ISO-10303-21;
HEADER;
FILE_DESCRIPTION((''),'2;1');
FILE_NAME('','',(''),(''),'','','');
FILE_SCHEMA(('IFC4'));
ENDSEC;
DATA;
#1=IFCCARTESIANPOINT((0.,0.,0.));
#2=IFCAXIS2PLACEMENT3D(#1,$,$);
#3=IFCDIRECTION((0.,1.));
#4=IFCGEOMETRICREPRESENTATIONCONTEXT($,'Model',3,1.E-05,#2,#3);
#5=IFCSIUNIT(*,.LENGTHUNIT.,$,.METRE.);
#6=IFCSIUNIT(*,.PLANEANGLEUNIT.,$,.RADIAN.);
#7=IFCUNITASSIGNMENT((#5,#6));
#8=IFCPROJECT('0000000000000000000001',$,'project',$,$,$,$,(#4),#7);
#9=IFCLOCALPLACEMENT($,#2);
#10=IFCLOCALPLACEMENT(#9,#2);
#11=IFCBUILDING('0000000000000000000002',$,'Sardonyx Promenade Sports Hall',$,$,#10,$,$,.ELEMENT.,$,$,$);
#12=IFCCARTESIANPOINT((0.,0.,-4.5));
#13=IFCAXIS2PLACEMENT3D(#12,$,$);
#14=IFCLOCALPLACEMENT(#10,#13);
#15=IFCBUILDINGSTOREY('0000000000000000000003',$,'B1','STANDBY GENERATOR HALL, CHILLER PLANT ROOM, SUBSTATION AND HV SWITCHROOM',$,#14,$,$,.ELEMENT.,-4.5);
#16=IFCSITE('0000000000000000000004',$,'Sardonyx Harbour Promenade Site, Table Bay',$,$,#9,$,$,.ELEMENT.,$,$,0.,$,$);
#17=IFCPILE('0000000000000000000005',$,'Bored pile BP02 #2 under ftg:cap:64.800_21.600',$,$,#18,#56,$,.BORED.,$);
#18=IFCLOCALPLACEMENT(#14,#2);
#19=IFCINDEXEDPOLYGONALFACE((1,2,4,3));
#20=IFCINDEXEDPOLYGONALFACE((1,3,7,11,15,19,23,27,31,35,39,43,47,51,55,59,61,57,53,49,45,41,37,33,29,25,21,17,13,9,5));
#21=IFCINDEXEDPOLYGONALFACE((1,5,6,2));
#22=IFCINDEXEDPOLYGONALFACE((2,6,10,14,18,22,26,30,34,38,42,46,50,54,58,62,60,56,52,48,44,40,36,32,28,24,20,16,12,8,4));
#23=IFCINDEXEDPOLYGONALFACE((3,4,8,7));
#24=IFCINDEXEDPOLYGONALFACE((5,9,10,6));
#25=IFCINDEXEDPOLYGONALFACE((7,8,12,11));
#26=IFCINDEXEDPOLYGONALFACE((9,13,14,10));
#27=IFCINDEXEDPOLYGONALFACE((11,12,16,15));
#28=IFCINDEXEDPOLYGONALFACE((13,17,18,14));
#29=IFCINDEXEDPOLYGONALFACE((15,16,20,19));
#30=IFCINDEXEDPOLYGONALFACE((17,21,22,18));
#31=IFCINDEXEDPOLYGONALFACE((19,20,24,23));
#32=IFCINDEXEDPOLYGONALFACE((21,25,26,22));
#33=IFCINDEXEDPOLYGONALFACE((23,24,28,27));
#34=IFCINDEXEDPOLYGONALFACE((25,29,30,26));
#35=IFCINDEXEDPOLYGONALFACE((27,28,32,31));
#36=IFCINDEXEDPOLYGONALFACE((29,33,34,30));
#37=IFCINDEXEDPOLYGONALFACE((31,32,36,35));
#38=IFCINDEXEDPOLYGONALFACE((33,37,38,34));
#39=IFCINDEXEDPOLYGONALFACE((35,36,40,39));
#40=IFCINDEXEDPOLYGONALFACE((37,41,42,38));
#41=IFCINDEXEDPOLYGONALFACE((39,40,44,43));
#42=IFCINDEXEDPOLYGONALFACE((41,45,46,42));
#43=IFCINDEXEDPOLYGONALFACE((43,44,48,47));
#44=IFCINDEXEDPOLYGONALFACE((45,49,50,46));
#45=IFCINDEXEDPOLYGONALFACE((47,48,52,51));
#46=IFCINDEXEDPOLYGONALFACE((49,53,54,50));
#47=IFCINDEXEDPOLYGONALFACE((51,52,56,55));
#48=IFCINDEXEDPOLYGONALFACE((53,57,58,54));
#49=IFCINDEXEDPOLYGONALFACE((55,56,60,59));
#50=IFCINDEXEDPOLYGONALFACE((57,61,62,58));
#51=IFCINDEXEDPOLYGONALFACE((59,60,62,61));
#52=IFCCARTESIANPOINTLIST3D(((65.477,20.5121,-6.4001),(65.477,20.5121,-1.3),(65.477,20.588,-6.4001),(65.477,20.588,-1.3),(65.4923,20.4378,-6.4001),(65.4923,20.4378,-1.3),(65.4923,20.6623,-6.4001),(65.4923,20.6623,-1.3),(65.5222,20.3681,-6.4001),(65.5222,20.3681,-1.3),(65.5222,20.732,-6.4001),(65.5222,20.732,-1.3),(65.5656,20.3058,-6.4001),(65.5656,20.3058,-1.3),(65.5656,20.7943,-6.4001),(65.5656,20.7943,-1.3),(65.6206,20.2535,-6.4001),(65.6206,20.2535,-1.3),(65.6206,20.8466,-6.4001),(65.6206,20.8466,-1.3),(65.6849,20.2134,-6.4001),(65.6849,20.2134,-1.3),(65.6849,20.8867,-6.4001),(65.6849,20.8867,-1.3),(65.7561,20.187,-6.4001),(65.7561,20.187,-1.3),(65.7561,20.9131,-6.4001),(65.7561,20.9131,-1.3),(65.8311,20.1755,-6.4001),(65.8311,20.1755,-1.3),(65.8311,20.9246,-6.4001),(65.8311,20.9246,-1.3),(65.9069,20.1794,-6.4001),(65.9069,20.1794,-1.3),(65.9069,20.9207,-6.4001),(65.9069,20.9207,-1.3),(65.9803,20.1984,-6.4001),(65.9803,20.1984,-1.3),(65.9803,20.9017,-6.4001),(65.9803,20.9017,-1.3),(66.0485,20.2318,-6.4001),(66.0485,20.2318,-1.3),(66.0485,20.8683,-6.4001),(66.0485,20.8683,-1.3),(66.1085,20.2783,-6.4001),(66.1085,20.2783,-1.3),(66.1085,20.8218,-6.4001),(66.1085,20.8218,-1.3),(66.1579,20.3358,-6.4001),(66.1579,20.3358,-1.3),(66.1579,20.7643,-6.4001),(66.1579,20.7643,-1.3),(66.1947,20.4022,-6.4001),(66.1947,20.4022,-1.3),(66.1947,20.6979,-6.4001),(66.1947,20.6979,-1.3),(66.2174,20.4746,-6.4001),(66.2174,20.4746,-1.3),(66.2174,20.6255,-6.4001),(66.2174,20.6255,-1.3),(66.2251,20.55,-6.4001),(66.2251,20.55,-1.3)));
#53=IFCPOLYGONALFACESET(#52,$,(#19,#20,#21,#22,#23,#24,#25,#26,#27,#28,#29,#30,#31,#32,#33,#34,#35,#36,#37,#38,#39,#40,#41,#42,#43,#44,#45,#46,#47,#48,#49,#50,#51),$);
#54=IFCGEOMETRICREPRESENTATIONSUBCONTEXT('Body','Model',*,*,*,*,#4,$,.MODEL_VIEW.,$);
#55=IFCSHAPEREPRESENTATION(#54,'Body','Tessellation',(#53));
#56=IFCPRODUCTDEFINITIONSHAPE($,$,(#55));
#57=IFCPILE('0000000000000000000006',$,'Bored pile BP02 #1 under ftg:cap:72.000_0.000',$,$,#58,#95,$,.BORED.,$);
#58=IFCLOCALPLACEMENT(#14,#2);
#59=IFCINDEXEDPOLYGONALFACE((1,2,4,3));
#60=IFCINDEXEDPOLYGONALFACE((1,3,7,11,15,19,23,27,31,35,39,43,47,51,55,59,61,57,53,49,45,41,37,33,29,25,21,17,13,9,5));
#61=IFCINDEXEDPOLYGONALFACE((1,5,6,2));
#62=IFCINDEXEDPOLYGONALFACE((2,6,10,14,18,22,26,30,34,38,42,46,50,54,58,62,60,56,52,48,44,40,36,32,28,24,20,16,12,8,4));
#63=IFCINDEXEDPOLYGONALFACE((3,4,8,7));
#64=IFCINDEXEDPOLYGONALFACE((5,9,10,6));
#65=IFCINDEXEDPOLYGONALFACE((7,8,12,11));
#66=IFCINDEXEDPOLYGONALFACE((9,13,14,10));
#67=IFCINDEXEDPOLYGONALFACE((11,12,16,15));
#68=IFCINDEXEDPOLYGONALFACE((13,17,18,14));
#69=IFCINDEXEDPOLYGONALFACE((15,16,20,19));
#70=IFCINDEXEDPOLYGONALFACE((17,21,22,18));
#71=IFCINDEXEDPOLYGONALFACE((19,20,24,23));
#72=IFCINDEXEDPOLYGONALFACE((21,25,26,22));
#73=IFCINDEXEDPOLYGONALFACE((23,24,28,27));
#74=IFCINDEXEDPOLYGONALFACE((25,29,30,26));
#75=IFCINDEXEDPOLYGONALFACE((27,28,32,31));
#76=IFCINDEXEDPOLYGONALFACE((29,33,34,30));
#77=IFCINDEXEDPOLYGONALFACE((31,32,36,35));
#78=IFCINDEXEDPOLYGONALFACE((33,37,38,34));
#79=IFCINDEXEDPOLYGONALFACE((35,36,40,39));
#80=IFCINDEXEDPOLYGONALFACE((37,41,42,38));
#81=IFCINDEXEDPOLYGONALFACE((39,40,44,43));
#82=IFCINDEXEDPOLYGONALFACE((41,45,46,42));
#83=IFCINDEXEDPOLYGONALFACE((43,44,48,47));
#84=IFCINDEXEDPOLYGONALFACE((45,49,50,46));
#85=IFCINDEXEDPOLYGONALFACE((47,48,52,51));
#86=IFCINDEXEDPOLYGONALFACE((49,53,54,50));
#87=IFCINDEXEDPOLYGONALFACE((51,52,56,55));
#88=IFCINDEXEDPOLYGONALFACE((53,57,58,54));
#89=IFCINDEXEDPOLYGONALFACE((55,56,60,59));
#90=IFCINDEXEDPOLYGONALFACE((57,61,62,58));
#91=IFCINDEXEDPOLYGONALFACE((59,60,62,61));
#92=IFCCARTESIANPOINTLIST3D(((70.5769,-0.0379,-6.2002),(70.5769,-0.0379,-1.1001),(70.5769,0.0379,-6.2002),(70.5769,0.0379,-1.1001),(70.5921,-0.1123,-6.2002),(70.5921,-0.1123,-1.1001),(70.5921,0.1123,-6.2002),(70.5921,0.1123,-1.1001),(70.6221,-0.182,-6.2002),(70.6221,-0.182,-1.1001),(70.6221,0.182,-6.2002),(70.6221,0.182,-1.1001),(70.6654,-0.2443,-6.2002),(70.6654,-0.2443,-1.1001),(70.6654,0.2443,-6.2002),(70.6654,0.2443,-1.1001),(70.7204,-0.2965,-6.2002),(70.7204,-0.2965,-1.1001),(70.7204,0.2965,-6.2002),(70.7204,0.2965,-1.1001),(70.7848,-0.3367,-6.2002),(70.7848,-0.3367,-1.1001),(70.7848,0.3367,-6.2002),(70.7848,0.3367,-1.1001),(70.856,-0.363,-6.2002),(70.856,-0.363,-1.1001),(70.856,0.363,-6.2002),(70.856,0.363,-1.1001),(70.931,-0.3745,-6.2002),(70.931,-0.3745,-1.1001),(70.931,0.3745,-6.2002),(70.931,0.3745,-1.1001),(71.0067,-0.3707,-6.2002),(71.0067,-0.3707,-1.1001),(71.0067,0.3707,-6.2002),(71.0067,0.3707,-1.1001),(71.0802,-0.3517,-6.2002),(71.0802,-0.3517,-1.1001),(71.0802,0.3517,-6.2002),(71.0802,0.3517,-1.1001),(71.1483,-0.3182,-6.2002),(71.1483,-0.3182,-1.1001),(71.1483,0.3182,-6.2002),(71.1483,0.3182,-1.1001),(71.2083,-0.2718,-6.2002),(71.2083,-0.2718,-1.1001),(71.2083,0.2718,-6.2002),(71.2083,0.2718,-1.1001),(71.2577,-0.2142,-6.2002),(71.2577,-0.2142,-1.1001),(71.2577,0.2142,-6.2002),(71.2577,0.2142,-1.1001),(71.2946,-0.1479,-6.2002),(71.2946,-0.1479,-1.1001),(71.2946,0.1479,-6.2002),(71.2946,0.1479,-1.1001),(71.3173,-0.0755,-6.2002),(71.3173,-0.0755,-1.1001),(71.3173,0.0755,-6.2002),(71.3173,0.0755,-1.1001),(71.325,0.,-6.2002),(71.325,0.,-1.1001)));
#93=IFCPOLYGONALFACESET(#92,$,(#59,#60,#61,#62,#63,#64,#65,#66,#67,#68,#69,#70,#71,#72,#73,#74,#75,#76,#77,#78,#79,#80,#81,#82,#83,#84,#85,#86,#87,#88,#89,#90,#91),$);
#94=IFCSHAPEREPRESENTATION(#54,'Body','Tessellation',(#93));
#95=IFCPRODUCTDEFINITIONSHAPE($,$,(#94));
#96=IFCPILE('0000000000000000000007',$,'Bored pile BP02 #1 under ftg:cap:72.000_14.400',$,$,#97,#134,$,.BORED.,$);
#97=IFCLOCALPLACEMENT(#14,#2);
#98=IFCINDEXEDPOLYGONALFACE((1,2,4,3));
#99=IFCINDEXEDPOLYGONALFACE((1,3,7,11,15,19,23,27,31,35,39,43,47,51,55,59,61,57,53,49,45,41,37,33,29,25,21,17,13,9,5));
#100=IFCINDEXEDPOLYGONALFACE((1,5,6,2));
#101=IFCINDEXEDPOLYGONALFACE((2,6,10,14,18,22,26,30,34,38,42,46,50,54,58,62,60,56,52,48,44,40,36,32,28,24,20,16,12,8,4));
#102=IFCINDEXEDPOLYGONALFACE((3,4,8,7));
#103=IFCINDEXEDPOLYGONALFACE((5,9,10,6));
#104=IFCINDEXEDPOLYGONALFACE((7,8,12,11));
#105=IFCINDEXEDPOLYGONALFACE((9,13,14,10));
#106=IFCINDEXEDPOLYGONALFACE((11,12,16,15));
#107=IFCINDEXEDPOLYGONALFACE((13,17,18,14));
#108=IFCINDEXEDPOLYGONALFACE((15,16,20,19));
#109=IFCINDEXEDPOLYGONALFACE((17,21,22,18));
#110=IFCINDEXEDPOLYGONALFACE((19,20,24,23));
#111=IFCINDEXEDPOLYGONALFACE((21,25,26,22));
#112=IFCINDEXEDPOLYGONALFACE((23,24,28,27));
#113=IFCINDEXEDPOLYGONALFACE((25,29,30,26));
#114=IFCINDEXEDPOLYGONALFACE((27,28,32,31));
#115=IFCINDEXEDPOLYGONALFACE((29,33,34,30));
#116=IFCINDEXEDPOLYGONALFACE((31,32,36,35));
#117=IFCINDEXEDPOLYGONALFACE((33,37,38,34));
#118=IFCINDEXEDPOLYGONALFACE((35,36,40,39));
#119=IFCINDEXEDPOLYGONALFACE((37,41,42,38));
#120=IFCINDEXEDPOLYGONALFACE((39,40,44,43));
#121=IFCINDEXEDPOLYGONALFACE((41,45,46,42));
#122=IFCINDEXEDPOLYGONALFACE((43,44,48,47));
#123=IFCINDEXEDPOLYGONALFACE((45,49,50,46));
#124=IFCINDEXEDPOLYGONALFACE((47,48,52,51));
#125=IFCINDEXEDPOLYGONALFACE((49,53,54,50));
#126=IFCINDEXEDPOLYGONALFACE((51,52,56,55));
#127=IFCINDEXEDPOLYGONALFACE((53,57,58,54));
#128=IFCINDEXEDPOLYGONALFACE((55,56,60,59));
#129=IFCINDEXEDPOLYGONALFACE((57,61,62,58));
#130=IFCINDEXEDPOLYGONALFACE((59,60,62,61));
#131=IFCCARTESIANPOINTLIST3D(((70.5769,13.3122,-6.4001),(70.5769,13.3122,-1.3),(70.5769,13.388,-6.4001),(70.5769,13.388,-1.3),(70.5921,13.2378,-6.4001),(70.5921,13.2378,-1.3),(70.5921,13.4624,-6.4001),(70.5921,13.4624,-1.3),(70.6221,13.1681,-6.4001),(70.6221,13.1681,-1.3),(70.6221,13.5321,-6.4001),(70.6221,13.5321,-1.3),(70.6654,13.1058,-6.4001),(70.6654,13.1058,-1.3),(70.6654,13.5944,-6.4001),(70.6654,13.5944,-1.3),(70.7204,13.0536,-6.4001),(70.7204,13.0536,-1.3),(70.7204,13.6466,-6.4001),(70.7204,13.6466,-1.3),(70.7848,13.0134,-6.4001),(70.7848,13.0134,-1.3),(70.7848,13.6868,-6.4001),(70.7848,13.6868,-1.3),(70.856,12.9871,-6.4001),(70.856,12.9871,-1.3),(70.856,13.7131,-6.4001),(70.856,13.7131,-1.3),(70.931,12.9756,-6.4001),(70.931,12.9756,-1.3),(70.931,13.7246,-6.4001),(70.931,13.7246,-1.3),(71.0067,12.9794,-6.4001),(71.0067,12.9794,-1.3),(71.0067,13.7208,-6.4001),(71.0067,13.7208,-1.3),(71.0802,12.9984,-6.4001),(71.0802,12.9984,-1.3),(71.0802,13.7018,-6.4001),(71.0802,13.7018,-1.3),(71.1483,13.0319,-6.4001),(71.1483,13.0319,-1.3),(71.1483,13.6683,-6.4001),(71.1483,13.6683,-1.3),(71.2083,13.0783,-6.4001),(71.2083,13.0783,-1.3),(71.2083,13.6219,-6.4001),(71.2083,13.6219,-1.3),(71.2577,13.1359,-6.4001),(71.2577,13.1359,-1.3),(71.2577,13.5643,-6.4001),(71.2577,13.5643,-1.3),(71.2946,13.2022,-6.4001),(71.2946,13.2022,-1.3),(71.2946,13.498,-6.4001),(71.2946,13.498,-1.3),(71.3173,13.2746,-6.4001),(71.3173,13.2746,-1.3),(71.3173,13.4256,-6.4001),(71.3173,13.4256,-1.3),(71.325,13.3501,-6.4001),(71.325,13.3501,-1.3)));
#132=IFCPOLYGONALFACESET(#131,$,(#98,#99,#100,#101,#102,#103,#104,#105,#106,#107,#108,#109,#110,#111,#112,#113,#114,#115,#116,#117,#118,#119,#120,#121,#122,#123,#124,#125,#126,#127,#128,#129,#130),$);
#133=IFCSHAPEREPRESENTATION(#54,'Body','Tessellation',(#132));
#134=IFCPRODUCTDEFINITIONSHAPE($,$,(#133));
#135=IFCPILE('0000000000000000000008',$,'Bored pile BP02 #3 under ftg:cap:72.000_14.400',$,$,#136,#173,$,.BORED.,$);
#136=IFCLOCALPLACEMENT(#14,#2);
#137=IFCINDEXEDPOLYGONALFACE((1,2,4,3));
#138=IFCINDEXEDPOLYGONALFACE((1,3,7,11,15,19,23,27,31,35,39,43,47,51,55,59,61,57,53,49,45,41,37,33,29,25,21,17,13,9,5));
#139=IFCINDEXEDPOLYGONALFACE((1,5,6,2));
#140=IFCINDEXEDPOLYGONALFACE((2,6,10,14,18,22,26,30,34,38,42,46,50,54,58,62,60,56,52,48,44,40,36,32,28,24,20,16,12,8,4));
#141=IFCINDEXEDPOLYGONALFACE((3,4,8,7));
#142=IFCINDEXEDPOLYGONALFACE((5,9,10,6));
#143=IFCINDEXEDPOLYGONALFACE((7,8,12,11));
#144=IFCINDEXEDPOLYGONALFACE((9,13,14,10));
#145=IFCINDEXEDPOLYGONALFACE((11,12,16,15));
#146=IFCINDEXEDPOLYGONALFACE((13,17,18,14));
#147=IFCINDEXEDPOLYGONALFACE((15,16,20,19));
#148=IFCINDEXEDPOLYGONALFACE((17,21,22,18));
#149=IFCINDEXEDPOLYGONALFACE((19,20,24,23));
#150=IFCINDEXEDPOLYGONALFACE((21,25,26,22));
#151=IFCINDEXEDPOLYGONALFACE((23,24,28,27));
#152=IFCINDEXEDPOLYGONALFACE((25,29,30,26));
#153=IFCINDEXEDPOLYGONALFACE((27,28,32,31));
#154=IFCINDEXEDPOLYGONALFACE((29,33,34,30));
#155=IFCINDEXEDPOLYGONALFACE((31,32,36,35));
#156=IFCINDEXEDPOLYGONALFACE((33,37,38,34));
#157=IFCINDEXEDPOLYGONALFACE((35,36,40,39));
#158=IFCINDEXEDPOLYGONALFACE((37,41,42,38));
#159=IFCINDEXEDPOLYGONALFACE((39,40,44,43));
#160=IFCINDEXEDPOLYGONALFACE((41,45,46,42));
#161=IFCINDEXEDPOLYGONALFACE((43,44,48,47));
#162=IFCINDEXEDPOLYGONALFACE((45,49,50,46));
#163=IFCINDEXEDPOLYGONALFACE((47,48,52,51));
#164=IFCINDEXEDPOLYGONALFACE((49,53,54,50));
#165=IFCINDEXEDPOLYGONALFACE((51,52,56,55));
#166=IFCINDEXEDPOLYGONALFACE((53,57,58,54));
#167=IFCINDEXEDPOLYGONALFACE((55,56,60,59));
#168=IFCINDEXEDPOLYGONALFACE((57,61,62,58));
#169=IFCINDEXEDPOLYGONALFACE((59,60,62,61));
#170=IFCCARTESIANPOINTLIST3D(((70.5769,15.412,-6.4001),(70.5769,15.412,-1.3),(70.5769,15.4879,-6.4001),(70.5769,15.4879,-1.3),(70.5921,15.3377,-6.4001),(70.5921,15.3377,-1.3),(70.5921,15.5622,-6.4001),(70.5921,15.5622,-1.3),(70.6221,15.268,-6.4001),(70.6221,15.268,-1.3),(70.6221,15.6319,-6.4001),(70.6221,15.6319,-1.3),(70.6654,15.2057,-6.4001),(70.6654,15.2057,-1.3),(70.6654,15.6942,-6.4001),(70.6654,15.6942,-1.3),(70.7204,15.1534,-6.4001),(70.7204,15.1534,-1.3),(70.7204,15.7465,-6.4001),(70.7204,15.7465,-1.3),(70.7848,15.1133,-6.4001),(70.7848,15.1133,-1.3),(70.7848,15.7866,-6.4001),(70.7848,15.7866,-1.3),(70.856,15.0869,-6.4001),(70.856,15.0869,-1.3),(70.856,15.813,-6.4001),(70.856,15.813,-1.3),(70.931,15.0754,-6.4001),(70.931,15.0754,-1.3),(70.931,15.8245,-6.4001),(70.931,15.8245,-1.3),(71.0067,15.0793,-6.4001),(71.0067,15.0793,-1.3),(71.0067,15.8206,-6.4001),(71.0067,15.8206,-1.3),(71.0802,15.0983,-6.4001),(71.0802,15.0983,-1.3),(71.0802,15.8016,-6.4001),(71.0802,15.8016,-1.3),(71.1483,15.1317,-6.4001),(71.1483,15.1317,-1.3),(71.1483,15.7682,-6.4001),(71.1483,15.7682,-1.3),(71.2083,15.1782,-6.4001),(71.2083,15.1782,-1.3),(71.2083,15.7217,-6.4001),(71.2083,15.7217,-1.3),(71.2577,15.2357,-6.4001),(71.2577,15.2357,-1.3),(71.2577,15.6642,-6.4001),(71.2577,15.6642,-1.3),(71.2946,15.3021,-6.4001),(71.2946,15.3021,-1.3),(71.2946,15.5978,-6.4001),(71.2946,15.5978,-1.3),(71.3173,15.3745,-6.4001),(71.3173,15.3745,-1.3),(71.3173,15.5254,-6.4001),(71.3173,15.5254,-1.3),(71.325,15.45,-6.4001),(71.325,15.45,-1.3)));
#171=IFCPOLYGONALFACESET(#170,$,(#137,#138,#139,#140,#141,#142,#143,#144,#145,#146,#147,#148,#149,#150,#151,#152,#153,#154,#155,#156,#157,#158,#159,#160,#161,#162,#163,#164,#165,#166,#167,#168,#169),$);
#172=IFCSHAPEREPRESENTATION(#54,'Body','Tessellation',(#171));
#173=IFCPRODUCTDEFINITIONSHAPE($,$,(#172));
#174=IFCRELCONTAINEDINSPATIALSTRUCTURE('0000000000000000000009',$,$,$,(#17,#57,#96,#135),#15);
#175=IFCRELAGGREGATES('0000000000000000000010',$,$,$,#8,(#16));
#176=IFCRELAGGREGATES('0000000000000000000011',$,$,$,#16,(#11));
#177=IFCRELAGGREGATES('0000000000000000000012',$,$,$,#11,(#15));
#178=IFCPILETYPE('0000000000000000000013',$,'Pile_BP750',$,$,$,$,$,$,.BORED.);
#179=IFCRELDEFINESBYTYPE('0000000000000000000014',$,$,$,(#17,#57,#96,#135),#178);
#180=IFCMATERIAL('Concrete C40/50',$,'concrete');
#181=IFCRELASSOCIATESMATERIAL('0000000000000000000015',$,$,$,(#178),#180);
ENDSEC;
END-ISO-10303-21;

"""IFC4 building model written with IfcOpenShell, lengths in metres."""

from ifc_helpers import new_model, si_unit, direction, frame, origin, origin_2d, place, context, subcontext, project, spatial, circle, extrude, material, material_profile, profile_set, type_object, element, save


model = new_model("IFC4")

# Units and contexts
model_context = context("Model", 3, precision=1e-05, world=origin(), true_north=direction((0.0, 1.0)))
body_context = subcontext(model_context, "Body", "Model", "MODEL_VIEW")
ifc_project = project(units=[si_unit("LENGTHUNIT", "METRE"), si_unit("PLANEANGLEUNIT", "RADIAN")], contexts=[model_context])

# Site, building, storey
site_placement = place(None, origin())
site = spatial("IfcSite", under=ifc_project, at=site_placement, Name="Sardonyx Harbour Promenade Site, Table Bay", CompositionType="ELEMENT", RefElevation=0.0)
building_placement = place(site_placement, origin())
building = spatial("IfcBuilding", under=site, at=building_placement, Name="Sardonyx Promenade Sports Hall", CompositionType="ELEMENT")
storey_placement = place(building_placement, frame((0.0, 0.0, -4.5)))
storey = spatial("IfcBuildingStorey", under=building, at=storey_placement, Name="B1", Description="STANDBY GENERATOR HALL, CHILLER PLANT ROOM, SUBSTATION AND HV SWITCHROOM", CompositionType="ELEMENT", Elevation=-4.5)

# Piles
ifc_material_1 = material(Name="Concrete C40/50", Category="concrete")
ifc_material_profile_1 = material_profile(ifc_material_1, circle(Radius=0.375, at=origin_2d()))
ifc_profile_set_1 = profile_set([ifc_material_profile_1], Name="Concrete C40/50")
pile_type_1 = type_object("IfcPileType", Name="Pile_BP750", PredefinedType="BORED", material=ifc_profile_set_1)
for number, where, z_axis, x_axis, name in (
    (1, (65.8501, 20.55, -1.3), (0.0, 0.0, -1.0), (1.0, 0.0, 0.0), "Bored pile BP02 #2 under ftg:cap:64.800_21.600"),
    (2, (70.95, 0.0, -1.1001), (0.0, 0.0, -1.0), (1.0, 0.0, 0.0), "Bored pile BP02 #1 under ftg:cap:72.000_0.000"),
    (3, (70.95, 13.3501, -1.3), (0.0, 0.0, -1.0), (1.0, 0.0, 0.0), "Bored pile BP02 #1 under ftg:cap:72.000_14.400"),
    (4, (70.95, 15.45, -1.3), (0.0, 0.0, -1.0), (1.0, 0.0, 0.0), "Bored pile BP02 #3 under ftg:cap:72.000_14.400"),
):
    element("IfcPile", number, at=place(storey_placement, frame(where, z_axis=z_axis, x_axis=x_axis)), inside=storey, type_object=pile_type_1, Name=name, PredefinedType="BORED", context=body_context, shape_type="SweptSolid", body=[
        extrude(circle(Radius=0.375, at=origin_2d()), origin(), (0.0, 0.0, 1.0), 5.1001),
    ])

save(model, "model.ifc")
